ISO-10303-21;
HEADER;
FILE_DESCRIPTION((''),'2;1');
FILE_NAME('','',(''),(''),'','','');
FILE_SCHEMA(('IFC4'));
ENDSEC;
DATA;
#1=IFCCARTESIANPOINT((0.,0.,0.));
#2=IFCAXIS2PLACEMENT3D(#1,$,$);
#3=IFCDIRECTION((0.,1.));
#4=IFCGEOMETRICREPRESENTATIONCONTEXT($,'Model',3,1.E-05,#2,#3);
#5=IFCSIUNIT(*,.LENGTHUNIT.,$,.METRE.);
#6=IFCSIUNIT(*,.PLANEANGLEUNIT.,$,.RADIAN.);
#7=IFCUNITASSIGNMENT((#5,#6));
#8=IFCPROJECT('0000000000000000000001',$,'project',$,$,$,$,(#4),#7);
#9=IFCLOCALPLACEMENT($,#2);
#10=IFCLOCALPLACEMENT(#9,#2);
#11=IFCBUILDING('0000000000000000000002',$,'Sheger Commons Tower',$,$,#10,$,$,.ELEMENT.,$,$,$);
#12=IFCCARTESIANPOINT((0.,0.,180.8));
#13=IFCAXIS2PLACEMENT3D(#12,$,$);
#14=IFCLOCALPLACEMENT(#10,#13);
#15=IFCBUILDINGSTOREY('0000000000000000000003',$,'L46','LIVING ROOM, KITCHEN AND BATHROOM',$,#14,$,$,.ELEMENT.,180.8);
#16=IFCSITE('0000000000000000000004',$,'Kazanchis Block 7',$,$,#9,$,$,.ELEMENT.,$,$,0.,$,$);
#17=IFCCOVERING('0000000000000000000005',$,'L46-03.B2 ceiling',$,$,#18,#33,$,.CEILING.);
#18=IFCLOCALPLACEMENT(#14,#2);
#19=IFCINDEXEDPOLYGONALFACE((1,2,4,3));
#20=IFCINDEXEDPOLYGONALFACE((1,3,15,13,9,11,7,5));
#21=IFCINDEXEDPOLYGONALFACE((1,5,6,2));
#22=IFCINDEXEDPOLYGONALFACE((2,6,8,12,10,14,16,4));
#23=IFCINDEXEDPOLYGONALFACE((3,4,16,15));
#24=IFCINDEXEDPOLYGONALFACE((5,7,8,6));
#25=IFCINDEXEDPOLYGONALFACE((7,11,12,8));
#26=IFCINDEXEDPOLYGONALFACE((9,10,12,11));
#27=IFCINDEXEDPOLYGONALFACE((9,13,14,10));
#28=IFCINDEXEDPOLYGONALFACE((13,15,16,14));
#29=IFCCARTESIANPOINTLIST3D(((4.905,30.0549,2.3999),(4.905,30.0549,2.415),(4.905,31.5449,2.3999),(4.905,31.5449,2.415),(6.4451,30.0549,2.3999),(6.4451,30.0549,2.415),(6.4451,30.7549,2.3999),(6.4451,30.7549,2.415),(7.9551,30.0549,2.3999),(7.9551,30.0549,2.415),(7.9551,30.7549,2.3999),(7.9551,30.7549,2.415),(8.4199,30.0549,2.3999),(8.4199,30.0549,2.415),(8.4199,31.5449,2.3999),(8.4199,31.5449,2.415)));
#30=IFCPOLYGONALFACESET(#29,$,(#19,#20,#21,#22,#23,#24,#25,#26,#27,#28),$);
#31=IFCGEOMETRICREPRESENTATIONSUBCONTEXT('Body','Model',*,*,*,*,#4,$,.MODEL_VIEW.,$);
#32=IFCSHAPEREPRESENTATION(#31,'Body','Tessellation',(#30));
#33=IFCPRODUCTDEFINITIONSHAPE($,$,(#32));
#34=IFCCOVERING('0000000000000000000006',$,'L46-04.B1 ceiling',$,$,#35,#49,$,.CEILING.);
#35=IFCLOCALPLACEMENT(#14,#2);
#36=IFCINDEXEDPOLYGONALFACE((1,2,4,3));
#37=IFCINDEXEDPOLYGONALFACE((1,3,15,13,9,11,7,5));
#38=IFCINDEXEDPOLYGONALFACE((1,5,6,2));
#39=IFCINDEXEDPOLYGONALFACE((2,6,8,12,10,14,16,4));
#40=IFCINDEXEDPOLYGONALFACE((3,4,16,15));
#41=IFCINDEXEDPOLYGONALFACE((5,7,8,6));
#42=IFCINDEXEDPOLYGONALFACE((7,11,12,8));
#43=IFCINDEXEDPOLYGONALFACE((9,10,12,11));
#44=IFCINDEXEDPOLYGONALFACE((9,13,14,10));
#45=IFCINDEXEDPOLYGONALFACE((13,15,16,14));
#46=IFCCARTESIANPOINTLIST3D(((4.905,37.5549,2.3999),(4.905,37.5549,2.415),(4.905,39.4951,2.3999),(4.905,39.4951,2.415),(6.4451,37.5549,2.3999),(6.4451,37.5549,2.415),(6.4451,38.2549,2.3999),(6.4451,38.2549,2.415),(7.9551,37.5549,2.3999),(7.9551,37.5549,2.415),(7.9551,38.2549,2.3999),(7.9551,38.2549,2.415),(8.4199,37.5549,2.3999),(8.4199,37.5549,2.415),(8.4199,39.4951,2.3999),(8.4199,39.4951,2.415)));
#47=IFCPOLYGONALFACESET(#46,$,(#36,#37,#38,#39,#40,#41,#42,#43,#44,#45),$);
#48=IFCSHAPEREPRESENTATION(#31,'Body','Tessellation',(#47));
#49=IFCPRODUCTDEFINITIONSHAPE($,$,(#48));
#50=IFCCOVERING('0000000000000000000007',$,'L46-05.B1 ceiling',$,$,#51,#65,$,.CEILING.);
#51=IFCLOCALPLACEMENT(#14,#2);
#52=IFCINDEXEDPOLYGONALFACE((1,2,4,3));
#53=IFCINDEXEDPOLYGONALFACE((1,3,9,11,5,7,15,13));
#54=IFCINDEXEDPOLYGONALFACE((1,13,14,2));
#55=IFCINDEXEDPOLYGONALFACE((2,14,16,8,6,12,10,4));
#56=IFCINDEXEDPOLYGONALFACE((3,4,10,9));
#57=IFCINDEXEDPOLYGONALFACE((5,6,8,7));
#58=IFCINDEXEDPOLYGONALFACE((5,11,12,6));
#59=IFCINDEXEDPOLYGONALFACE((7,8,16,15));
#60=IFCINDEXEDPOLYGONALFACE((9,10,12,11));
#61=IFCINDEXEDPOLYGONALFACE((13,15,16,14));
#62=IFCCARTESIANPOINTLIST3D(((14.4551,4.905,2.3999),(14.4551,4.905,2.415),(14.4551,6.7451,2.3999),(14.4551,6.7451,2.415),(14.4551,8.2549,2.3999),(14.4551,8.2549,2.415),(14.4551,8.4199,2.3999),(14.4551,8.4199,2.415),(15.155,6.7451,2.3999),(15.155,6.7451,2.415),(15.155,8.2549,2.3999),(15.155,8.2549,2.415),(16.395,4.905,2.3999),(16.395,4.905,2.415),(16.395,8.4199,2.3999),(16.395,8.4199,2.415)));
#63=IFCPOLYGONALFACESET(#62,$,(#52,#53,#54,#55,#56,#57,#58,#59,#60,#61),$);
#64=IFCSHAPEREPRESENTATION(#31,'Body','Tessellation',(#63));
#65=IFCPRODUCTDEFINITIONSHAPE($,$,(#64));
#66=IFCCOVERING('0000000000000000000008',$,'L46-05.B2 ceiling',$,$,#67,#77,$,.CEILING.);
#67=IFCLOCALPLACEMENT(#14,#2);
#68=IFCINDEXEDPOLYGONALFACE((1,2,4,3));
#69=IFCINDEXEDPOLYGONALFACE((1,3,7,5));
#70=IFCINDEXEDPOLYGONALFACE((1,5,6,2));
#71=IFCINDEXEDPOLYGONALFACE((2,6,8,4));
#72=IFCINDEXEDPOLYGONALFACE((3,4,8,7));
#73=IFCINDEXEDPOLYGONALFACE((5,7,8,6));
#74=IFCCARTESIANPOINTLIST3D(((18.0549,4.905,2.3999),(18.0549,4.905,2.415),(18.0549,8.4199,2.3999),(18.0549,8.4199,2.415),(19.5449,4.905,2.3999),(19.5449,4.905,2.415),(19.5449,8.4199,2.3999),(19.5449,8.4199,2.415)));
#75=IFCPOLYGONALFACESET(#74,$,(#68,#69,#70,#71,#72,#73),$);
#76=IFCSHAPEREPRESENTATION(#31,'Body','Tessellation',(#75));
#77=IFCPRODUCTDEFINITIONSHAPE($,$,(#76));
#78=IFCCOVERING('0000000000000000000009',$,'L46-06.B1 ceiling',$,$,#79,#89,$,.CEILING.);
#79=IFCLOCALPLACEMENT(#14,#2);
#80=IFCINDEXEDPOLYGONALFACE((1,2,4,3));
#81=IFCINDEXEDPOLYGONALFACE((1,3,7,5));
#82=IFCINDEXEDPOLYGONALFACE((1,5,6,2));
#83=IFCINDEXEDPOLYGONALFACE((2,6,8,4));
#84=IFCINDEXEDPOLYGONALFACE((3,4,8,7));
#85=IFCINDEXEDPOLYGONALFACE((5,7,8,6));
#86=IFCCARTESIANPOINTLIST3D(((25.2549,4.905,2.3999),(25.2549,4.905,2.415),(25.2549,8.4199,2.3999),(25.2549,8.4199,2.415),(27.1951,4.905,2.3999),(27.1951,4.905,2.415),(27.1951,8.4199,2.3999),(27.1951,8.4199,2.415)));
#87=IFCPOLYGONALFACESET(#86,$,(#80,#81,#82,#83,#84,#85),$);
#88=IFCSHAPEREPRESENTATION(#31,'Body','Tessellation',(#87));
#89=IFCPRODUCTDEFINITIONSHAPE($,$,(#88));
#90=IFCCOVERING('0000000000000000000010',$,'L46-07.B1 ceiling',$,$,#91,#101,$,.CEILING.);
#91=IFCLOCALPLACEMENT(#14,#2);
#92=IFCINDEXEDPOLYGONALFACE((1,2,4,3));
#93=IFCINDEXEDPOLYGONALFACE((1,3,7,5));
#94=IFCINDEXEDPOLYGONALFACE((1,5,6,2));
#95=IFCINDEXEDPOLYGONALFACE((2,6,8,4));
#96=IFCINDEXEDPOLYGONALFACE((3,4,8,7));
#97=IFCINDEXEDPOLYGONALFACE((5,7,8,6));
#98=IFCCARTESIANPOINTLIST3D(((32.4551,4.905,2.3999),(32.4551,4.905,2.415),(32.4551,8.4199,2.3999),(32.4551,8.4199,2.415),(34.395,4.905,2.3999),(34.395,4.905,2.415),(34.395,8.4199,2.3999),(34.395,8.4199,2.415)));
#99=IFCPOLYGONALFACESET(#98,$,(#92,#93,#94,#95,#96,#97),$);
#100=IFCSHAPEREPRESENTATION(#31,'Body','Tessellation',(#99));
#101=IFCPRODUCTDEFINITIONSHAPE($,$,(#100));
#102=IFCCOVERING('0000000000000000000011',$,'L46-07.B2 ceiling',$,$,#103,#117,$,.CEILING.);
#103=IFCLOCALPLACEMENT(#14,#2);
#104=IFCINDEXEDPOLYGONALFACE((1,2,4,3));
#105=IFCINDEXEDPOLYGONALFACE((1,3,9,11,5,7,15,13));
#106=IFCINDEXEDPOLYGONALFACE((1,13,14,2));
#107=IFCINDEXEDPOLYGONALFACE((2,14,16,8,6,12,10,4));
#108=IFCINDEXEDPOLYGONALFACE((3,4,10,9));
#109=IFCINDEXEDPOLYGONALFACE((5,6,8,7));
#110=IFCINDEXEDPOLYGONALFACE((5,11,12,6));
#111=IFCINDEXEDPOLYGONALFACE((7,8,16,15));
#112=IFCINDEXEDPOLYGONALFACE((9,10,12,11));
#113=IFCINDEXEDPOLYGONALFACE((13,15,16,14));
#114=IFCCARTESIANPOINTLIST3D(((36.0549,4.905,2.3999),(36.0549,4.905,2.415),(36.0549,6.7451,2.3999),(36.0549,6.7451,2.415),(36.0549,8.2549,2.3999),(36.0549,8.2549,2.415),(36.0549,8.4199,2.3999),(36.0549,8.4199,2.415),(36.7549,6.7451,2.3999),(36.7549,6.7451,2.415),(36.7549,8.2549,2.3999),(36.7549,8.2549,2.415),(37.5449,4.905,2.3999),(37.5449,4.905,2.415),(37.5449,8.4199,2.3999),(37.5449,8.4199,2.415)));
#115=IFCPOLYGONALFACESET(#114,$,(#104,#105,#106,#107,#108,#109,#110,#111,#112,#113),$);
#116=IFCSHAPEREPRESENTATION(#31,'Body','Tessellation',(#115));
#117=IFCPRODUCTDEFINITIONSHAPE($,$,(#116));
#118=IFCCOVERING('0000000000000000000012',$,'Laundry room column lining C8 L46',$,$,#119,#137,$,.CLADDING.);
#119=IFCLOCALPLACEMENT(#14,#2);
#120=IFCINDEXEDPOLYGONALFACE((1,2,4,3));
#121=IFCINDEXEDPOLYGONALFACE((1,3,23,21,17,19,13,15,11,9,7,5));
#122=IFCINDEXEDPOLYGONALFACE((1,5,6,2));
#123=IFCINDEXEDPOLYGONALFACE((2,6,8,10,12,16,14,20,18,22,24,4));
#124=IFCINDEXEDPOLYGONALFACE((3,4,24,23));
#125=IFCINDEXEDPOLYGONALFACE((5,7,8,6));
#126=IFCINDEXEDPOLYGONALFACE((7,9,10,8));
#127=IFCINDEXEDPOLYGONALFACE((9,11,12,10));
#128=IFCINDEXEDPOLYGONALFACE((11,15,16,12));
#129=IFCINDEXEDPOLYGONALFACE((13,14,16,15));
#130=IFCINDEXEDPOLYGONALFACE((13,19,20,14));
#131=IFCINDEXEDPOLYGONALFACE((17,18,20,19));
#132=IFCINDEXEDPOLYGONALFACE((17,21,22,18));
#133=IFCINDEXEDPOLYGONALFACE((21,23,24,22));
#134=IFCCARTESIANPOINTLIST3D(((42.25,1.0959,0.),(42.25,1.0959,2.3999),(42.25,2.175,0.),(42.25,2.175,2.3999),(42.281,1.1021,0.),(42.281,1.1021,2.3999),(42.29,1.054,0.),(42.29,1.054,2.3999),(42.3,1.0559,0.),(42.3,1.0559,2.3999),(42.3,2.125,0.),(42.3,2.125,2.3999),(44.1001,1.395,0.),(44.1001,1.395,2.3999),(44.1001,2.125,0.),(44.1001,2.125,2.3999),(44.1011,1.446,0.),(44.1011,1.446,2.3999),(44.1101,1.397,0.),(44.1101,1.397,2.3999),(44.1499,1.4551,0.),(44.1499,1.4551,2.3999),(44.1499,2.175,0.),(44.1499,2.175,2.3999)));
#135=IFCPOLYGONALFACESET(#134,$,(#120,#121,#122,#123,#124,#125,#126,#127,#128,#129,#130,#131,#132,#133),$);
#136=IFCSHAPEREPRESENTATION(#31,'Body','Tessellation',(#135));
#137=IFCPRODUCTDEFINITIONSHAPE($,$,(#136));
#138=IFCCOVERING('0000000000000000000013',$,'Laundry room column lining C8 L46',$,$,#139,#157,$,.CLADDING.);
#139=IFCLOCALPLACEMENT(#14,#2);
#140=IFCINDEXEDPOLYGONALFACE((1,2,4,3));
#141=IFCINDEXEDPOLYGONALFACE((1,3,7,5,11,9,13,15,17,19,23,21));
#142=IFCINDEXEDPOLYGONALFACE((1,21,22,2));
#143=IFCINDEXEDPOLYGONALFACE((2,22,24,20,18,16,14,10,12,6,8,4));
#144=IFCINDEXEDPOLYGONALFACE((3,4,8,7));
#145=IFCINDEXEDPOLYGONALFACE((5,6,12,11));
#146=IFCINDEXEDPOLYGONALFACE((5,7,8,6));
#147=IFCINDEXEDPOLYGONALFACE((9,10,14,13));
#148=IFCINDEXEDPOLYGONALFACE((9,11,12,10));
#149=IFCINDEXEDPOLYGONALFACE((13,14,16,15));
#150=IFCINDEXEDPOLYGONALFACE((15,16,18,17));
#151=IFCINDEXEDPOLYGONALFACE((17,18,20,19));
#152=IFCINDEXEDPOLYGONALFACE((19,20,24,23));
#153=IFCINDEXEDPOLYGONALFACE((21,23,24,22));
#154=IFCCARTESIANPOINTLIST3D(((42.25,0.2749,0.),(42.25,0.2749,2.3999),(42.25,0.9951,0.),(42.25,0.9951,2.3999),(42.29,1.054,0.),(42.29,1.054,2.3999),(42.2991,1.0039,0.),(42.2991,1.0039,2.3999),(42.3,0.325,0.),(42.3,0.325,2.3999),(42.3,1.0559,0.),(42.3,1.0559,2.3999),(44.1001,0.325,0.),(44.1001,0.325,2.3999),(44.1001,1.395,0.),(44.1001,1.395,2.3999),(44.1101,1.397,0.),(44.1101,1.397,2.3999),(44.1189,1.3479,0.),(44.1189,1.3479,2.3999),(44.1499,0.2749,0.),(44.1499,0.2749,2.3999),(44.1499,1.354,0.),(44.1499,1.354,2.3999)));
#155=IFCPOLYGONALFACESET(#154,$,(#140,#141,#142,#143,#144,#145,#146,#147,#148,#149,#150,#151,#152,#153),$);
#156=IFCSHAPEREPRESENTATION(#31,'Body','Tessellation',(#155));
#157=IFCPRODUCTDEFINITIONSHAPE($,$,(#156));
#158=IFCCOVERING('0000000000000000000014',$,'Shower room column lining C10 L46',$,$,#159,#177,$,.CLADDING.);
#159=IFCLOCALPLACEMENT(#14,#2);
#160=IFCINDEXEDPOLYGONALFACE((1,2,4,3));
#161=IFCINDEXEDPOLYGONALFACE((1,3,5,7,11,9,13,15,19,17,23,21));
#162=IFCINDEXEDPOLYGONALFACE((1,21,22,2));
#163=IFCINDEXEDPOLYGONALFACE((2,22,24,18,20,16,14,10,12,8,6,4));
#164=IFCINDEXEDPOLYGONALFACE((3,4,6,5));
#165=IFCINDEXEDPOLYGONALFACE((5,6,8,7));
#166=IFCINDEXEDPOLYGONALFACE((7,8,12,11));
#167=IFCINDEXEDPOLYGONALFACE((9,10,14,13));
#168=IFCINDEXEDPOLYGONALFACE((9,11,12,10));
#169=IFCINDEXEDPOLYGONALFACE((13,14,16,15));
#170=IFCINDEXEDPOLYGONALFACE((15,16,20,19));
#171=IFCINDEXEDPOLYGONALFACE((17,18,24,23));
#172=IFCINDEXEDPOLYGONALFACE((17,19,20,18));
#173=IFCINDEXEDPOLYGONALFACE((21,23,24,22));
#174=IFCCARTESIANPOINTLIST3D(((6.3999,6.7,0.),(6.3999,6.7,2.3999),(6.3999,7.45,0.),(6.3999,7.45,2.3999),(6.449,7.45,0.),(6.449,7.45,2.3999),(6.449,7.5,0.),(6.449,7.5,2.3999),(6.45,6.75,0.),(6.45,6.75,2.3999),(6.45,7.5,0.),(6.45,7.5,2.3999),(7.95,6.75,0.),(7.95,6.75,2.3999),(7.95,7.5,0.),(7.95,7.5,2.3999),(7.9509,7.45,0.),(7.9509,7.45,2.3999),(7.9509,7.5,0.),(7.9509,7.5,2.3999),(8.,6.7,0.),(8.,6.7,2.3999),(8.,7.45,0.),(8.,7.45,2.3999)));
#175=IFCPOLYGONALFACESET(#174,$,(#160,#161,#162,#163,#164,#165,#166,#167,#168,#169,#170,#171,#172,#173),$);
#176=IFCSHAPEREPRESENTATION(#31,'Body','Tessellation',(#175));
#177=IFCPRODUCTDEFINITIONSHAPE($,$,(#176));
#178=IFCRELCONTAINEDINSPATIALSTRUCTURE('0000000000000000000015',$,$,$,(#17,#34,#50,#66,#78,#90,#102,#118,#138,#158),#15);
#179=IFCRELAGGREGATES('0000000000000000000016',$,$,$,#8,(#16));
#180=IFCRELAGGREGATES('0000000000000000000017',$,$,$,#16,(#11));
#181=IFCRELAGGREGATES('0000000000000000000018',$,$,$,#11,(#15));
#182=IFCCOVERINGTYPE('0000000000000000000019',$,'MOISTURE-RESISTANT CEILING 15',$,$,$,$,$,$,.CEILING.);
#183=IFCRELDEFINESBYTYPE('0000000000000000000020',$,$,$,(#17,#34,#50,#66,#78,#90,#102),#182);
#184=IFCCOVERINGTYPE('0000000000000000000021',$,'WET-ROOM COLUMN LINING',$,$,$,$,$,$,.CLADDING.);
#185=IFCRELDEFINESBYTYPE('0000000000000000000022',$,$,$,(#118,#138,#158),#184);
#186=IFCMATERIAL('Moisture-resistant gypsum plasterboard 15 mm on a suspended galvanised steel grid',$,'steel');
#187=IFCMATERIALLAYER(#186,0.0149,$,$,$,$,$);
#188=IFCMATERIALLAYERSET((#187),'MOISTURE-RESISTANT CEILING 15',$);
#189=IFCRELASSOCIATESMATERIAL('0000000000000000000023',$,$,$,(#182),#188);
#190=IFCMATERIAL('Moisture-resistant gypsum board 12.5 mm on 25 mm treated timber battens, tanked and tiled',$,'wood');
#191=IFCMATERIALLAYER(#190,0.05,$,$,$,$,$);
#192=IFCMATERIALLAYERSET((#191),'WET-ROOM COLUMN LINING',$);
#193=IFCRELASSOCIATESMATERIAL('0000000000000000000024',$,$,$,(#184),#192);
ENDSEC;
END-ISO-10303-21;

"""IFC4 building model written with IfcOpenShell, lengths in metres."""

from ifc_helpers import new_model, si_unit, direction, frame, origin, place, context, subcontext, project, spatial, polyline, outline, extrude, material, layer, layer_set, type_object, element, save


model = new_model("IFC4")

# Units and contexts
model_context = context("Model", 3, precision=1e-05, world=origin(), true_north=direction((0.0, 1.0)))
body_context = subcontext(model_context, "Body", "Model", "MODEL_VIEW")
ifc_project = project(units=[si_unit("LENGTHUNIT", "METRE"), si_unit("PLANEANGLEUNIT", "RADIAN")], contexts=[model_context])

# Site, building, storey
site_placement = place(None, origin())
site = spatial("IfcSite", under=ifc_project, at=site_placement, Name="Kazanchis Block 7", CompositionType="ELEMENT", RefElevation=0.0)
building_placement = place(site_placement, origin())
building = spatial("IfcBuilding", under=site, at=building_placement, Name="Sheger Commons Tower", CompositionType="ELEMENT")
storey_placement = place(building_placement, frame((0.0, 0.0, 180.8)))
storey = spatial("IfcBuildingStorey", under=building, at=storey_placement, Name="L46", Description="LIVING ROOM, KITCHEN AND BATHROOM", CompositionType="ELEMENT", Elevation=180.8)

# Coverings
ifc_material_1 = material(Name="Moisture-resistant gypsum plasterboard 15 mm on a suspended galvanised steel grid", Category="steel")
ifc_layer_1 = layer(ifc_material_1, 0.0149)
ifc_layer_set_1 = layer_set([ifc_layer_1], Name="MOISTURE-RESISTANT CEILING 15")
covering_type_1 = type_object("IfcCoveringType", Name="MOISTURE-RESISTANT CEILING 15", PredefinedType="CEILING", material=ifc_layer_set_1)
covering_1_placement = place(storey_placement, frame((0.0, 0.0, 2.3999)))
element("IfcCovering", 1, at=covering_1_placement, inside=storey, type_object=covering_type_1, Name="L46-03.B2 ceiling", PredefinedType="CEILING", context=body_context, shape_type="SweptSolid", body=[
    extrude(outline(polyline([(4.905, 30.0549), (6.4451, 30.0549), (6.4451, 30.7549), (7.9551, 30.7549), (7.9551, 30.0549), (8.4199, 30.0549), (8.4199, 31.5449), (4.905, 31.5449), (4.905, 30.0549)])), origin(), (0.0, 0.0, 1.0), 0.0151),
])
covering_2_placement = place(storey_placement, frame((0.0, 0.0, 2.3999)))
element("IfcCovering", 2, at=covering_2_placement, inside=storey, type_object=covering_type_1, Name="L46-04.B1 ceiling", PredefinedType="CEILING", context=body_context, shape_type="SweptSolid", body=[
    extrude(outline(polyline([(4.905, 37.5549), (6.4451, 37.5549), (6.4451, 38.2549), (7.9551, 38.2549), (7.9551, 37.5549), (8.4199, 37.5549), (8.4199, 39.4951), (4.905, 39.4951), (4.905, 37.5549)])), origin(), (0.0, 0.0, 1.0), 0.0151),
])
covering_3_placement = place(storey_placement, frame((0.0, 0.0, 2.3999)))
element("IfcCovering", 3, at=covering_3_placement, inside=storey, type_object=covering_type_1, Name="L46-05.B1 ceiling", PredefinedType="CEILING", context=body_context, shape_type="SweptSolid", body=[
    extrude(outline(polyline([(14.4551, 4.905), (16.395, 4.905), (16.395, 8.4199), (14.4551, 8.4199), (14.4551, 8.2549), (15.155, 8.2549), (15.155, 6.7451), (14.4551, 6.7451), (14.4551, 4.905)])), origin(), (0.0, 0.0, 1.0), 0.0151),
])
covering_4_placement = place(storey_placement, frame((0.0, 0.0, 2.3999)))
element("IfcCovering", 4, at=covering_4_placement, inside=storey, type_object=covering_type_1, Name="L46-05.B2 ceiling", PredefinedType="CEILING", context=body_context, shape_type="SweptSolid", body=[
    extrude(outline(polyline([(18.0549, 4.905), (19.5449, 4.905), (19.5449, 8.4199), (18.0549, 8.4199), (18.0549, 4.905)])), origin(), (0.0, 0.0, 1.0), 0.0151),
])
covering_5_placement = place(storey_placement, frame((0.0, 0.0, 2.3999)))
element("IfcCovering", 5, at=covering_5_placement, inside=storey, type_object=covering_type_1, Name="L46-06.B1 ceiling", PredefinedType="CEILING", context=body_context, shape_type="SweptSolid", body=[
    extrude(outline(polyline([(25.2549, 4.905), (27.1951, 4.905), (27.1951, 8.4199), (25.2549, 8.4199), (25.2549, 4.905)])), origin(), (0.0, 0.0, 1.0), 0.0151),
])
covering_6_placement = place(storey_placement, frame((0.0, 0.0, 2.3999)))
element("IfcCovering", 6, at=covering_6_placement, inside=storey, type_object=covering_type_1, Name="L46-07.B1 ceiling", PredefinedType="CEILING", context=body_context, shape_type="SweptSolid", body=[
    extrude(outline(polyline([(32.4551, 4.905), (34.395, 4.905), (34.395, 8.4199), (32.4551, 8.4199), (32.4551, 4.905)])), origin(), (0.0, 0.0, 1.0), 0.0151),
])
covering_7_placement = place(storey_placement, frame((0.0, 0.0, 2.3999)))
element("IfcCovering", 7, at=covering_7_placement, inside=storey, type_object=covering_type_1, Name="L46-07.B2 ceiling", PredefinedType="CEILING", context=body_context, shape_type="SweptSolid", body=[
    extrude(outline(polyline([(36.0549, 4.905), (37.5449, 4.905), (37.5449, 8.4199), (36.0549, 8.4199), (36.0549, 8.2549), (36.7549, 8.2549), (36.7549, 6.7451), (36.0549, 6.7451), (36.0549, 4.905)])), origin(), (0.0, 0.0, 1.0), 0.0151),
])
ifc_material_2 = material(Name="Moisture-resistant gypsum board 12.5 mm on 25 mm treated timber battens, tanked and tiled", Category="wood")
ifc_layer_2 = layer(ifc_material_2, 0.05)
ifc_layer_set_2 = layer_set([ifc_layer_2], Name="WET-ROOM COLUMN LINING")
covering_type_2 = type_object("IfcCoveringType", Name="WET-ROOM COLUMN LINING", PredefinedType="CLADDING", material=ifc_layer_set_2)
covering_8_placement = place(storey_placement, origin())
element("IfcCovering", 8, at=covering_8_placement, inside=storey, type_object=covering_type_2, Name="Laundry room column lining C8 L46", PredefinedType="CLADDING", context=body_context, shape_type="SweptSolid", body=[
    extrude(outline(polyline([(44.1499, 2.175), (44.1499, 1.4551), (44.1011, 1.446), (44.1101, 1.397), (44.1001, 1.395), (44.1001, 2.125), (42.3, 2.125), (42.3, 1.0559), (42.29, 1.054), (42.281, 1.1021), (42.25, 1.0959), (42.25, 2.175), (44.1499, 2.175)])), origin(), (0.0, 0.0, 1.0), 2.3999),
])
covering_9_placement = place(storey_placement, origin())
element("IfcCovering", 9, at=covering_9_placement, inside=storey, type_object=covering_type_2, Name="Laundry room column lining C8 L46", PredefinedType="CLADDING", context=body_context, shape_type="SweptSolid", body=[
    extrude(outline(polyline([(42.3, 1.0559), (42.3, 0.325), (44.1001, 0.325), (44.1001, 1.395), (44.1101, 1.397), (44.1189, 1.3479), (44.1499, 1.354), (44.1499, 0.2749), (42.25, 0.2749), (42.25, 0.9951), (42.2991, 1.0039), (42.29, 1.054), (42.3, 1.0559)])), origin(), (0.0, 0.0, 1.0), 2.3999),
])
covering_10_placement = place(storey_placement, origin())
element("IfcCovering", 10, at=covering_10_placement, inside=storey, type_object=covering_type_2, Name="Shower room column lining C10 L46", PredefinedType="CLADDING", context=body_context, shape_type="SweptSolid", body=[
    extrude(outline(polyline([(6.45, 7.5), (6.45, 6.75), (7.95, 6.75), (7.95, 7.5), (7.9509, 7.5), (7.9509, 7.45), (8.0, 7.45), (8.0, 6.7), (6.3999, 6.7), (6.3999, 7.45), (6.449, 7.45), (6.449, 7.5), (6.45, 7.5)])), origin(), (0.0, 0.0, 1.0), 2.3999),
])

save(model, "model.ifc")
